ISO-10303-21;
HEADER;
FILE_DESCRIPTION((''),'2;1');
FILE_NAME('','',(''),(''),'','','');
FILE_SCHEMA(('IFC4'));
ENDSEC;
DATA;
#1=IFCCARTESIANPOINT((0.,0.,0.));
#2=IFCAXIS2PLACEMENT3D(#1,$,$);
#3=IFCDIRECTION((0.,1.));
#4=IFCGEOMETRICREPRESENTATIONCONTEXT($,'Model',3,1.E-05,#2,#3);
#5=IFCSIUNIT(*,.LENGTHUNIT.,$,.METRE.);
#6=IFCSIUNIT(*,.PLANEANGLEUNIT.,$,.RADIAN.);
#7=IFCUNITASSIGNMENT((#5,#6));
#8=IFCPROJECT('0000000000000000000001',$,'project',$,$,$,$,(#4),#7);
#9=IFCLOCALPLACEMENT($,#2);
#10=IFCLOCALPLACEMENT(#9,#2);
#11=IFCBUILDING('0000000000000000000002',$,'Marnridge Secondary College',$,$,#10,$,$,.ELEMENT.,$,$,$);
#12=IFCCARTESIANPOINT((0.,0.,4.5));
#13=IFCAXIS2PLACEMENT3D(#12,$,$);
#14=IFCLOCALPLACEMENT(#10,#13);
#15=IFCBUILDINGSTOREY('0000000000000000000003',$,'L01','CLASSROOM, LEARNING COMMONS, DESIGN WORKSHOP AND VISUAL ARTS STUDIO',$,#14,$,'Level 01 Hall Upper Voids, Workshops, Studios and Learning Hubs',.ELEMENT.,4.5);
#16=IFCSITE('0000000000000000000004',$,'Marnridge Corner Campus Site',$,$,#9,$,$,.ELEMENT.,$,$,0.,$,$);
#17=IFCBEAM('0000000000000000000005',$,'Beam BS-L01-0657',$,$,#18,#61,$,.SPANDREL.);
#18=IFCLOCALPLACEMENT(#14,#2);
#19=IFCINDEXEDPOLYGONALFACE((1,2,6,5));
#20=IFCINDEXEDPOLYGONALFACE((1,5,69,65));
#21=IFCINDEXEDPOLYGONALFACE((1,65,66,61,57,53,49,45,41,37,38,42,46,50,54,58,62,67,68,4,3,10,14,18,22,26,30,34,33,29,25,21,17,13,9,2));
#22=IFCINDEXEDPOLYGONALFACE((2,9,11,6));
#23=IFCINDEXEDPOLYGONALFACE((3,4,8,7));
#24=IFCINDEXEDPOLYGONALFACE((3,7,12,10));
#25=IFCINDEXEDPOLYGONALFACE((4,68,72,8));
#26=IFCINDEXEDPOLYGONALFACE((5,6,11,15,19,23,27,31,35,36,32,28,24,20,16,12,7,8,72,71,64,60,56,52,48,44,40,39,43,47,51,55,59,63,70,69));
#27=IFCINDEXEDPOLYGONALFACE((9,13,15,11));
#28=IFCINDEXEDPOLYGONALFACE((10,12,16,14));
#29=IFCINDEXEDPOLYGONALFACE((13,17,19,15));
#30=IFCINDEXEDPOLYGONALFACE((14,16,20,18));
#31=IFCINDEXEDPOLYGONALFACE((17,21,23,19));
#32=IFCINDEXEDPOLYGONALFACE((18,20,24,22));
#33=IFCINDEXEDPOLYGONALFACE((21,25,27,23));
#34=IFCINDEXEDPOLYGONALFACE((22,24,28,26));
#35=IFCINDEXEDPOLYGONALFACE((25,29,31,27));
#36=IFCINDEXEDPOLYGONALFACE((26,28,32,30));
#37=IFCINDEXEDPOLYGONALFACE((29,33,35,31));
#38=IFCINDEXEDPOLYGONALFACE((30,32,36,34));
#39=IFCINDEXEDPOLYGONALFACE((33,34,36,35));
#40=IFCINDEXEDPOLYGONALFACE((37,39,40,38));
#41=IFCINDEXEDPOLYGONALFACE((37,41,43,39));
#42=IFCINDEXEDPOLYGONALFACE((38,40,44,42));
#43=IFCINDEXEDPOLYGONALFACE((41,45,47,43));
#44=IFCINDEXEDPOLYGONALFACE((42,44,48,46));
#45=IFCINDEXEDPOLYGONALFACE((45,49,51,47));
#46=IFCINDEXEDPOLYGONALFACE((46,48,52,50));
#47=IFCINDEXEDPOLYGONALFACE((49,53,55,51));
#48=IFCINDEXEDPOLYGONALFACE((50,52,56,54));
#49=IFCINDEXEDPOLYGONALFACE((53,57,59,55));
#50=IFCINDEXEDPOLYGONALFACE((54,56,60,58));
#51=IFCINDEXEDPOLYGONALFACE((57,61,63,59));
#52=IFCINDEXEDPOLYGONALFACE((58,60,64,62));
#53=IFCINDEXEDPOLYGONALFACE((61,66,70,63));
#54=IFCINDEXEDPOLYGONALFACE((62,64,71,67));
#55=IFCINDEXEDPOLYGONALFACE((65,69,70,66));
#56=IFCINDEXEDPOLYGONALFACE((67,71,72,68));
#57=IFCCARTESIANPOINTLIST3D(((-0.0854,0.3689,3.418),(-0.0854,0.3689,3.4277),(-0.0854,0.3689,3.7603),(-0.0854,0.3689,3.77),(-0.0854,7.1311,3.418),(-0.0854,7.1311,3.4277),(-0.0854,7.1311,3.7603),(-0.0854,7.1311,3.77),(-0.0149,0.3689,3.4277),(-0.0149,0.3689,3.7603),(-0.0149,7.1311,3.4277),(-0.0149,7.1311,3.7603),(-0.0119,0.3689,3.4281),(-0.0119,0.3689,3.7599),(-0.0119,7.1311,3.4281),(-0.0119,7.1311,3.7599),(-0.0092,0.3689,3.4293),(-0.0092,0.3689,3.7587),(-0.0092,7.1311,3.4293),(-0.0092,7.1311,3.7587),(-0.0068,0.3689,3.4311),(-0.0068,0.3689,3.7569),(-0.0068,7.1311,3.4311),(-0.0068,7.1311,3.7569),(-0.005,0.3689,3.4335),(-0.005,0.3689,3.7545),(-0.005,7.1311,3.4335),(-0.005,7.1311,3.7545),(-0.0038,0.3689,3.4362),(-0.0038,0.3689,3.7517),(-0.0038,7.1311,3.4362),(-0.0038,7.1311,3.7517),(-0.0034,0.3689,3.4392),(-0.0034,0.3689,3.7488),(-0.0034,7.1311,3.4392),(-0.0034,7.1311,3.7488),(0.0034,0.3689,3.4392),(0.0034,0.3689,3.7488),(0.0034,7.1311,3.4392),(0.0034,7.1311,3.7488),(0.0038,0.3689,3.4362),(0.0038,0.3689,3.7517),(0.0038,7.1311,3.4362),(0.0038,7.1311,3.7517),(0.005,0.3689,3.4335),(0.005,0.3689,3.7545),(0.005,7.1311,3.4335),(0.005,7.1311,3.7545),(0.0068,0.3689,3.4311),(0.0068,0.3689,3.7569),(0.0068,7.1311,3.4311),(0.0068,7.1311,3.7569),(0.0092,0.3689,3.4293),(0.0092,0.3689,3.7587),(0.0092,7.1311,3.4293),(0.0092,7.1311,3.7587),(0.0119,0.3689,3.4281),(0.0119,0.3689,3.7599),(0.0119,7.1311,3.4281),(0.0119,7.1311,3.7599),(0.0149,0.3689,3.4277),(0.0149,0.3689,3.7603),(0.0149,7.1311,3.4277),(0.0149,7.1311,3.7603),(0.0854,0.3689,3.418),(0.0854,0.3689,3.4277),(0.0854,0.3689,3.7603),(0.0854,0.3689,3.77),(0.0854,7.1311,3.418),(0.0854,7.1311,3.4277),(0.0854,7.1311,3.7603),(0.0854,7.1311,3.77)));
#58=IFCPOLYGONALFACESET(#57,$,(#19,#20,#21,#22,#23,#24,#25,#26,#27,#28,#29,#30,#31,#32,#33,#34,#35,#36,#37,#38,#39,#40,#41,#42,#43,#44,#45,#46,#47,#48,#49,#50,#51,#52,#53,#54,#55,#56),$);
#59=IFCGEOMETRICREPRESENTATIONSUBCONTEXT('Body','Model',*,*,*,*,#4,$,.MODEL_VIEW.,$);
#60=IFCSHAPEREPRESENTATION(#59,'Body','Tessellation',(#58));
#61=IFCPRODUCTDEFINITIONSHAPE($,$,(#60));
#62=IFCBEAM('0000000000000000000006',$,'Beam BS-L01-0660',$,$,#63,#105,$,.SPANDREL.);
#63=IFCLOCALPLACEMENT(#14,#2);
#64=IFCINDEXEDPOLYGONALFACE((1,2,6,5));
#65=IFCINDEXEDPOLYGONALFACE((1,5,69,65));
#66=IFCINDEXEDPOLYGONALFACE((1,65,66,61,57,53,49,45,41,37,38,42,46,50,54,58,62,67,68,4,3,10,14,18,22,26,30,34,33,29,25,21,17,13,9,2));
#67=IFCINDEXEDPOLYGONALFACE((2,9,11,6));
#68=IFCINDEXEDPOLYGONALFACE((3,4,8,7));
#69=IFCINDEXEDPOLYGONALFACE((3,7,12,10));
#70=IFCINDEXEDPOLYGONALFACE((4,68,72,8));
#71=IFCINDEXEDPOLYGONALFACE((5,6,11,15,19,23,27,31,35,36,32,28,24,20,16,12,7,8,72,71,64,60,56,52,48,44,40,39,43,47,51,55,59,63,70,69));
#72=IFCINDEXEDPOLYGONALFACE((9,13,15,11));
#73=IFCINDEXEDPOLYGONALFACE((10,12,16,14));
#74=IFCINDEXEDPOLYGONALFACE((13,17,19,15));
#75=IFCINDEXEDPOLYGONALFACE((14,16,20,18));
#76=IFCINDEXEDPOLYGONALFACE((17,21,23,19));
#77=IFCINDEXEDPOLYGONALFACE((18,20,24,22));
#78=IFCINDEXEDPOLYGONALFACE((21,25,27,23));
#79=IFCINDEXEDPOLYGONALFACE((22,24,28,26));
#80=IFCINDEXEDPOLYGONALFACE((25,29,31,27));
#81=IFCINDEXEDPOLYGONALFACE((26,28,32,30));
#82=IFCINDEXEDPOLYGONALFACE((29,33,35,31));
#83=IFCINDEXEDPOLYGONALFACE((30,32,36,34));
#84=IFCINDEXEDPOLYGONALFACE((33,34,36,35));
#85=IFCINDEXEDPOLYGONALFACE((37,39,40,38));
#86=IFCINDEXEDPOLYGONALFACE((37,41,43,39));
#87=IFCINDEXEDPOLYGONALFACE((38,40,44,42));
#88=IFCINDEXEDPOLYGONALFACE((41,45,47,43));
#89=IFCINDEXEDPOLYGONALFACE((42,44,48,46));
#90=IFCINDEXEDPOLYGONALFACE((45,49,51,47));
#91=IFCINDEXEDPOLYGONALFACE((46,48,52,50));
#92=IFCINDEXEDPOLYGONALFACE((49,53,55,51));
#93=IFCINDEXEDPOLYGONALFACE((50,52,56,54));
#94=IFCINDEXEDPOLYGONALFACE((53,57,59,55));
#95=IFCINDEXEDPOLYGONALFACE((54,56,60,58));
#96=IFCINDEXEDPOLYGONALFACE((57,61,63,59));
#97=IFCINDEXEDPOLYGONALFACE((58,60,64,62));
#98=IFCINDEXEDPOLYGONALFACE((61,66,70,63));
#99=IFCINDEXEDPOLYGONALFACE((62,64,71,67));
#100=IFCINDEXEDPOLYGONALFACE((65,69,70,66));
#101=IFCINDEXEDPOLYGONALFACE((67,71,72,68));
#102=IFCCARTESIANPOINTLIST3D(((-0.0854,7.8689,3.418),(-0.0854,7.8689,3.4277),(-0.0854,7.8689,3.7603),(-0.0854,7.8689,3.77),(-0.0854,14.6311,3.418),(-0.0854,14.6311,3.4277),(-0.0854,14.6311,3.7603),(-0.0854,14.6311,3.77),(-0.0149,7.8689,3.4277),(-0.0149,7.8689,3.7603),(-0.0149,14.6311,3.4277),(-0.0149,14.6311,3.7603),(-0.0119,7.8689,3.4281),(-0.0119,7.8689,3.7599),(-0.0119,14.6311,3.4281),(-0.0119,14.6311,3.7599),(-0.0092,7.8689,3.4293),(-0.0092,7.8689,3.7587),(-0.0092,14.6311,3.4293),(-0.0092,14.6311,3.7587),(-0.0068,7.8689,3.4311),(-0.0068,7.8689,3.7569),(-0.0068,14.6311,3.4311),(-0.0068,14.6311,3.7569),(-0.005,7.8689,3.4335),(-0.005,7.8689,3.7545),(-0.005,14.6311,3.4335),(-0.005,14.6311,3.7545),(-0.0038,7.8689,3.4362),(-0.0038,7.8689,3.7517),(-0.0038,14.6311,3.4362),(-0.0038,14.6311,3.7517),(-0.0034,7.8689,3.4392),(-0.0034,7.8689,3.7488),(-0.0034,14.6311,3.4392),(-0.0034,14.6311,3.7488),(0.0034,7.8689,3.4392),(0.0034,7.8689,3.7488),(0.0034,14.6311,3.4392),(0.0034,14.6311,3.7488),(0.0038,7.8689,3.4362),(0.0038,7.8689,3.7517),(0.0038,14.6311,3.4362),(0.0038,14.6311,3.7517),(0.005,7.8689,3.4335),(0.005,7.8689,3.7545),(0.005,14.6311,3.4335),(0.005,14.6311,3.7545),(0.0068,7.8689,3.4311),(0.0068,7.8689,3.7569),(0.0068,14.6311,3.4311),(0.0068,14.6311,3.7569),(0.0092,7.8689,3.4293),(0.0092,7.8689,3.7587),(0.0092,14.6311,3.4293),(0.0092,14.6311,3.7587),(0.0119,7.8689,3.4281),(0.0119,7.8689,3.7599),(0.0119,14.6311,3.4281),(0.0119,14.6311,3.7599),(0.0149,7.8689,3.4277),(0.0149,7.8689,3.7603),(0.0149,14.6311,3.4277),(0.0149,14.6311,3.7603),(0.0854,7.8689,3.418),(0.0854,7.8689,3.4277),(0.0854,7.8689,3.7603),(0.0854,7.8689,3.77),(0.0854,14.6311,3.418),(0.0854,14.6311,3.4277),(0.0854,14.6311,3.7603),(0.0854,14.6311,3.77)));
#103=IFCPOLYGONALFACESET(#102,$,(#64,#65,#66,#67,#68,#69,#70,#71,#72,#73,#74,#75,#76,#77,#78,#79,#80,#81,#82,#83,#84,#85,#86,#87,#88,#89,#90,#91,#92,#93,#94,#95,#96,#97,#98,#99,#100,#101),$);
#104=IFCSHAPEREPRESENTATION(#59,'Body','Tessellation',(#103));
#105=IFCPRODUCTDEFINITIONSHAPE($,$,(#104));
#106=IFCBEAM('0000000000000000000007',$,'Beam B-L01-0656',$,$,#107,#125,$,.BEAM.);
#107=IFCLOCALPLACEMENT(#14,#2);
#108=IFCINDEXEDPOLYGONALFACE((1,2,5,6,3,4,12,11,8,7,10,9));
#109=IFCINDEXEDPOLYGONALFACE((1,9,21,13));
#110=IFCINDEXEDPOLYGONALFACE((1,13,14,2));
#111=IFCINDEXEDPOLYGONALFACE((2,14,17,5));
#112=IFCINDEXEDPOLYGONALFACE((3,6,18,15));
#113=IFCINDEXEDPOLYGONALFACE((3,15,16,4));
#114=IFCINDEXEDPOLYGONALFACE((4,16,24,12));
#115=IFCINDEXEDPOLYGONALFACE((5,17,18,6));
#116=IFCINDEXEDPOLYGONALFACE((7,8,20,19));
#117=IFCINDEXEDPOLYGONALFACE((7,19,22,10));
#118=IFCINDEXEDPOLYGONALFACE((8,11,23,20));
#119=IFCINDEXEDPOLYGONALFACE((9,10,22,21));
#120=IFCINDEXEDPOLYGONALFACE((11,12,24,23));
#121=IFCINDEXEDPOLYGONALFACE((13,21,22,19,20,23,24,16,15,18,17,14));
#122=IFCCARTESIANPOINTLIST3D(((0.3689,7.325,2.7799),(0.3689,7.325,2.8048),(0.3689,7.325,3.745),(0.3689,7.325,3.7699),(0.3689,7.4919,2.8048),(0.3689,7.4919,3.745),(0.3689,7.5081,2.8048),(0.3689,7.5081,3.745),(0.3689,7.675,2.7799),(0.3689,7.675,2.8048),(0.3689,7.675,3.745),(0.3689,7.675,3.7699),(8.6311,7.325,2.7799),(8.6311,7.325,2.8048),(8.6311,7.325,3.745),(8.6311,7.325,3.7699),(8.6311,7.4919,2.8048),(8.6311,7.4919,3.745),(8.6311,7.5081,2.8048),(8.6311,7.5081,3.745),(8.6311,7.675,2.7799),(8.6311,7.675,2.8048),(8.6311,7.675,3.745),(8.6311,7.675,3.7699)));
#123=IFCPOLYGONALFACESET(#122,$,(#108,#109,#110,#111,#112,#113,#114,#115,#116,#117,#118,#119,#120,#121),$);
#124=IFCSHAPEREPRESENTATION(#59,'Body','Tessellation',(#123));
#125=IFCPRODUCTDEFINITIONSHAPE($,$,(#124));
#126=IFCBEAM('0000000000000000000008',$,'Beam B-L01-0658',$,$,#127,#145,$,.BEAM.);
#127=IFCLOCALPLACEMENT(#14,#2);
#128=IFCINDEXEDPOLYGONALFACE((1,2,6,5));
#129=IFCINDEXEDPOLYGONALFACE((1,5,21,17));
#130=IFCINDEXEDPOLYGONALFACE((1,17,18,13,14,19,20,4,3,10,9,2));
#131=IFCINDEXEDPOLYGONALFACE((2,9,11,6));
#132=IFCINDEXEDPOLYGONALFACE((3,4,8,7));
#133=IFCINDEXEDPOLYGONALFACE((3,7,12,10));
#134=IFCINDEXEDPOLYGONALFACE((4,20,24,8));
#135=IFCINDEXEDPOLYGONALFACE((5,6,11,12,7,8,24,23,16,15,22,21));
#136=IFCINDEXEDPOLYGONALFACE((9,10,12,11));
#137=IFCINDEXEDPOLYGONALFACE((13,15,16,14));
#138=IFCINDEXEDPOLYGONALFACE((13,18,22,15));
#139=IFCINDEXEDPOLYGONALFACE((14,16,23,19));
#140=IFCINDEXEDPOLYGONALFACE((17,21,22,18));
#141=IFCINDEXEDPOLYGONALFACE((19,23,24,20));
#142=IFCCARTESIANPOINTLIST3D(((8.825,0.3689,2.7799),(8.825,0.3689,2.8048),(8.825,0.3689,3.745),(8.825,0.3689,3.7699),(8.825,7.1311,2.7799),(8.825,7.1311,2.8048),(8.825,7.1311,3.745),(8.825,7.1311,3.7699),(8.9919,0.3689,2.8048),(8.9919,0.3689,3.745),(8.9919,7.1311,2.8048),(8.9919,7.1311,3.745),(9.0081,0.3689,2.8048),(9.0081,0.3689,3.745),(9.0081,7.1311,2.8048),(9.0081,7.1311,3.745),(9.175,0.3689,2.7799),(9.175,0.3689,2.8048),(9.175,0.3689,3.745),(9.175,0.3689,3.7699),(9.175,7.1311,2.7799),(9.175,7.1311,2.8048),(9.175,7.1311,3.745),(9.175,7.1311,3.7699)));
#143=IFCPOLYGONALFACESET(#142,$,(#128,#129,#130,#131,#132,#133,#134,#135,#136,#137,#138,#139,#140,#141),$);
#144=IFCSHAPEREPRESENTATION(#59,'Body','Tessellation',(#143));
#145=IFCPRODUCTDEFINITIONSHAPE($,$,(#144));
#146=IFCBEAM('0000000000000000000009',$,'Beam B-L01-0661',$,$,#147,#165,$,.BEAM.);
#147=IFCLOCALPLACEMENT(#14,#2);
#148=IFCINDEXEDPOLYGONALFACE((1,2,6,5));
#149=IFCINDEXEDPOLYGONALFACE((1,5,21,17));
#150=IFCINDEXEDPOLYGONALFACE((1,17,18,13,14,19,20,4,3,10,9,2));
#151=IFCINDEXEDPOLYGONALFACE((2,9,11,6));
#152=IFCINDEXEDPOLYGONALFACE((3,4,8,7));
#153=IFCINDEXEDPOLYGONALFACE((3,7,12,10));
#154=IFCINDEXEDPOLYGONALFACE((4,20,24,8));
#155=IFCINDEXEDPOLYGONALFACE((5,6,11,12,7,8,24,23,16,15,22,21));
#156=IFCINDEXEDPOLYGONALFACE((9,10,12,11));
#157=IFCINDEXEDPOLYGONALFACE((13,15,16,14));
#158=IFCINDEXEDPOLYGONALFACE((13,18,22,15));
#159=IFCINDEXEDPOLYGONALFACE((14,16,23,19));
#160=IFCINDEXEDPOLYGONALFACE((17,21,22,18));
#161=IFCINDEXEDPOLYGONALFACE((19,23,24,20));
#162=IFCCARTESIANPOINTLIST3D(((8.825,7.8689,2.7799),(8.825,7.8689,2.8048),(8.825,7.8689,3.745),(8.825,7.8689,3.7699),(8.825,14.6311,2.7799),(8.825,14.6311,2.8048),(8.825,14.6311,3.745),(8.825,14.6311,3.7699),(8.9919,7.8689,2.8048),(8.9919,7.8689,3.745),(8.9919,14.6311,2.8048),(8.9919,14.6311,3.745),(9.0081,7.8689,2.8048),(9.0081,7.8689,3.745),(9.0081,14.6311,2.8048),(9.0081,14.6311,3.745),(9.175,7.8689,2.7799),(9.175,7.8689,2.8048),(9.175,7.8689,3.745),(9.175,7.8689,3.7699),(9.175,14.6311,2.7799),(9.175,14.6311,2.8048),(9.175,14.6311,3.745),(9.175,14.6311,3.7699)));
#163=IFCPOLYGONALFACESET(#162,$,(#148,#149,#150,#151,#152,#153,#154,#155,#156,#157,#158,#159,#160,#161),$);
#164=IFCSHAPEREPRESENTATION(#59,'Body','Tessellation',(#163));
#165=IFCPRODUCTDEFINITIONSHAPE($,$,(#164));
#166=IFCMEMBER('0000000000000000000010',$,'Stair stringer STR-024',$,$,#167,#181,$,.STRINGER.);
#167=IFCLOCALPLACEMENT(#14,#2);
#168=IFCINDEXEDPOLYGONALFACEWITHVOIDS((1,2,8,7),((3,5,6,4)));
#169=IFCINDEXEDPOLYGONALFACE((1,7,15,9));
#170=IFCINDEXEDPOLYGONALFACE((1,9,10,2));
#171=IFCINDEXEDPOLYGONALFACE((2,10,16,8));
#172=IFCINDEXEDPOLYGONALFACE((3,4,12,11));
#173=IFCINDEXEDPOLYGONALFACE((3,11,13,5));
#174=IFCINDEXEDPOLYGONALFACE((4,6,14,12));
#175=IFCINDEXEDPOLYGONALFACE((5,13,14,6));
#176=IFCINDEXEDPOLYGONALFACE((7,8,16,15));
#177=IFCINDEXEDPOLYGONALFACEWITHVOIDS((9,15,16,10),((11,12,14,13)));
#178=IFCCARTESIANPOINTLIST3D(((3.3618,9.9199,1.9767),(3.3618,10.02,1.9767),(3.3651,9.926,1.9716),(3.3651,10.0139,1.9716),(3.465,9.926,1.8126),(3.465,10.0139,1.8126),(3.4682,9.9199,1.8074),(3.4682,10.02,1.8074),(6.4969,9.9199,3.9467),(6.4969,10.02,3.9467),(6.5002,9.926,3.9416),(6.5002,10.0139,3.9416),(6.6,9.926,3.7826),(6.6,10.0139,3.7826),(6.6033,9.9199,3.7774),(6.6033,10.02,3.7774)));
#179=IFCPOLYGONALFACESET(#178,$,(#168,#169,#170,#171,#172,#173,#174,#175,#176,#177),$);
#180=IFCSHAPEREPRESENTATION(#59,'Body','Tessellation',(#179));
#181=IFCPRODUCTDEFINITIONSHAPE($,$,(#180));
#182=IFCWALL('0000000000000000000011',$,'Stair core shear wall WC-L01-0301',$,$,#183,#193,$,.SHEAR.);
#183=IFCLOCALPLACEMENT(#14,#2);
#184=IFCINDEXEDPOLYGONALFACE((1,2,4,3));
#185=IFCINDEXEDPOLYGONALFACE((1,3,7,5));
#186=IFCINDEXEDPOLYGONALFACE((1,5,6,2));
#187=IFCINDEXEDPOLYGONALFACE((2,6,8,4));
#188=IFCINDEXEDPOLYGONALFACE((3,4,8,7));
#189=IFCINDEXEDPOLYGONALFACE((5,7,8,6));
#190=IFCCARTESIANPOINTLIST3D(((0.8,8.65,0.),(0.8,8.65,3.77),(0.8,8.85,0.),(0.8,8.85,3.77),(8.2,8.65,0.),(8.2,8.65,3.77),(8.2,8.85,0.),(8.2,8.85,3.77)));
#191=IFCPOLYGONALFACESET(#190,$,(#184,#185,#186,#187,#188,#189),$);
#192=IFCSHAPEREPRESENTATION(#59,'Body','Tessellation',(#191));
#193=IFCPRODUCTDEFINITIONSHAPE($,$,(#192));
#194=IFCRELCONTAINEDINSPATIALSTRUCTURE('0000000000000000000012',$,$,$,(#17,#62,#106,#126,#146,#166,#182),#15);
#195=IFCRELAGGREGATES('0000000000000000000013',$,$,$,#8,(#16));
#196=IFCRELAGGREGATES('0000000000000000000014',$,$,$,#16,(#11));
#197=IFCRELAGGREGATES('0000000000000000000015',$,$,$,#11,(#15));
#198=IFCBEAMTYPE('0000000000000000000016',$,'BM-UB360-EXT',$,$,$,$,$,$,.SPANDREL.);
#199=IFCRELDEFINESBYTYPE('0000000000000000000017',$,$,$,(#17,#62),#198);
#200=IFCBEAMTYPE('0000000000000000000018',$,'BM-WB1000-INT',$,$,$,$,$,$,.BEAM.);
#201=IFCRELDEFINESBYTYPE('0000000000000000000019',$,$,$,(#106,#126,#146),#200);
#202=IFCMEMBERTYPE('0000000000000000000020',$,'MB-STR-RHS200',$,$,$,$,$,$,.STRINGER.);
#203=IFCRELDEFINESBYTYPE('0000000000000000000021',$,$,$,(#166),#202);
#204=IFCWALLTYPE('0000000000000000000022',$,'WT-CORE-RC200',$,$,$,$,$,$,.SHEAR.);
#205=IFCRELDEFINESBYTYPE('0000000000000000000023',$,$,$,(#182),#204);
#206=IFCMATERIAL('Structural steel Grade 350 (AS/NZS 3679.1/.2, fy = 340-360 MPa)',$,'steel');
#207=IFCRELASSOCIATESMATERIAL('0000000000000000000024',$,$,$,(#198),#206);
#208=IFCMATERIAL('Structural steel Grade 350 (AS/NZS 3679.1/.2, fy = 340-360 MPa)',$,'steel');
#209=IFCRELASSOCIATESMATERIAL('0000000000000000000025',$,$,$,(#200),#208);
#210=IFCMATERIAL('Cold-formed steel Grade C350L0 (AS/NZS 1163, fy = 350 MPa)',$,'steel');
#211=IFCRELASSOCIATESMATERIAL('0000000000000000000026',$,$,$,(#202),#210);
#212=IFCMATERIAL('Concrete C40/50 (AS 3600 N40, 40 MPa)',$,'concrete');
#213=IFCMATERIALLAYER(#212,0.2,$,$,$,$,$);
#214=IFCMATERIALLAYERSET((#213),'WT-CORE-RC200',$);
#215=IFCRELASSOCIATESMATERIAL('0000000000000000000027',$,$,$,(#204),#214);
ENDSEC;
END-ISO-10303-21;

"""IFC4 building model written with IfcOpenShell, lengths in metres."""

from ifc_helpers import new_model, si_unit, direction, frame, frame_2d, origin, origin_2d, place, context, subcontext, project, spatial, rectangle, hollow_rectangle, i_section, extrude, material, layer, layer_set, material_profile, profile_set, type_object, element, save


model = new_model("IFC4")

# Units and contexts
model_context = context("Model", 3, precision=1e-05, world=origin(), true_north=direction((0.0, 1.0)))
body_context = subcontext(model_context, "Body", "Model", "MODEL_VIEW")
ifc_project = project(units=[si_unit("LENGTHUNIT", "METRE"), si_unit("PLANEANGLEUNIT", "RADIAN")], contexts=[model_context])

# Site, building, storey
site_placement = place(None, origin())
site = spatial("IfcSite", under=ifc_project, at=site_placement, Name="Marnridge Corner Campus Site", CompositionType="ELEMENT", RefElevation=0.0)
building_placement = place(site_placement, origin())
building = spatial("IfcBuilding", under=site, at=building_placement, Name="Marnridge Secondary College", CompositionType="ELEMENT")
storey_placement = place(building_placement, frame((0.0, 0.0, 4.5)))
storey = spatial("IfcBuildingStorey", under=building, at=storey_placement, Name="L01", Description="CLASSROOM, LEARNING COMMONS, DESIGN WORKSHOP AND VISUAL ARTS STUDIO", LongName="Level 01 Hall Upper Voids, Workshops, Studios and Learning Hubs", CompositionType="ELEMENT", Elevation=4.5)

# Beams
ifc_material_1 = material(Name="Structural steel Grade 350 (AS/NZS 3679.1/.2, fy = 340-360 MPa)", Category="steel")
ifc_material_profile_1 = material_profile(ifc_material_1, i_section(OverallWidth=0.1709, OverallDepth=0.3521, WebThickness=0.0068, FlangeThickness=0.0098, FilletRadius=0.0115, at=origin_2d()), Name="360UB44.7")
ifc_profile_set_1 = profile_set([ifc_material_profile_1], Name="Structural steel Grade 350 (AS/NZS 3679.1/.2, fy = 340-360 MPa)")
beam_type_1 = type_object("IfcBeamType", Name="BM-UB360-EXT", PredefinedType="SPANDREL", material=ifc_profile_set_1)
for number, where, z_axis, x_axis, name in (
    (1, (0.0, 0.3689, 3.594), (0.0, 1.0, 0.0), (-1.0, 0.0, 0.0), "Beam BS-L01-0657"),
    (2, (0.0, 7.8689, 3.594), (0.0, 1.0, 0.0), (-1.0, 0.0, 0.0), "Beam BS-L01-0660"),
):
    element("IfcBeam", number, at=place(storey_placement, frame(where, z_axis=z_axis, x_axis=x_axis)), inside=storey, type_object=beam_type_1, Name=name, PredefinedType="SPANDREL", context=body_context, shape_type="SweptSolid", body=[
        extrude(i_section(OverallWidth=0.1709, OverallDepth=0.3521, WebThickness=0.0068, FlangeThickness=0.0098, FilletRadius=0.0115, at=origin_2d()), origin(), (0.0, 0.0, 1.0), 6.7622),
    ])
ifc_material_2 = material(Name="Structural steel Grade 350 (AS/NZS 3679.1/.2, fy = 340-360 MPa)", Category="steel")
ifc_material_profile_2 = material_profile(ifc_material_2, i_section(OverallWidth=0.3501, OverallDepth=0.99, WebThickness=0.0161, FlangeThickness=0.0249, at=origin_2d()), Name="1000WB258")
ifc_profile_set_2 = profile_set([ifc_material_profile_2], Name="Structural steel Grade 350 (AS/NZS 3679.1/.2, fy = 340-360 MPa)")
beam_type_2 = type_object("IfcBeamType", Name="BM-WB1000-INT", PredefinedType="BEAM", material=ifc_profile_set_2)
beam_placement = place(storey_placement, frame((0.3689, 7.5, 3.2749), z_axis=(1.0, 0.0, 0.0), x_axis=(0.0, 1.0, 0.0)))
element("IfcBeam", 3, at=beam_placement, inside=storey, type_object=beam_type_2, Name="Beam B-L01-0656", PredefinedType="BEAM", context=body_context, shape_type="SweptSolid", body=[
    extrude(i_section(OverallWidth=0.3501, OverallDepth=0.99, WebThickness=0.0161, FlangeThickness=0.0249, at=origin_2d()), origin(), (0.0, 0.0, 1.0), 8.2622),
])
for number, where, z_axis, x_axis, name in (
    (4, (9.0, 0.3689, 3.2749), (0.0, 1.0, 0.0), (-1.0, 0.0, 0.0), "Beam B-L01-0658"),
    (5, (9.0, 7.8689, 3.2749), (0.0, 1.0, 0.0), (-1.0, 0.0, 0.0), "Beam B-L01-0661"),
):
    element("IfcBeam", number, at=place(storey_placement, frame(where, z_axis=z_axis, x_axis=x_axis)), inside=storey, type_object=beam_type_2, Name=name, PredefinedType="BEAM", context=body_context, shape_type="SweptSolid", body=[
        extrude(i_section(OverallWidth=0.3501, OverallDepth=0.99, WebThickness=0.0161, FlangeThickness=0.0249, at=origin_2d()), origin(), (0.0, 0.0, 1.0), 6.7622),
    ])

# Member
ifc_material_3 = material(Name="Cold-formed steel Grade C350L0 (AS/NZS 1163, fy = 350 MPa)", Category="steel")
ifc_material_profile_3 = material_profile(ifc_material_3, hollow_rectangle(XDim=0.1001, YDim=0.2, WallThickness=0.0061, at=origin_2d()), Name="200x100x6.0RHS")
ifc_profile_set_3 = profile_set([ifc_material_profile_3], Name="Cold-formed steel Grade C350L0 (AS/NZS 1163, fy = 350 MPa)")
member_type = type_object("IfcMemberType", Name="MB-STR-RHS200", PredefinedType="STRINGER", material=ifc_profile_set_3)
member_placement = place(storey_placement, frame((3.415, 9.97, 1.8921), z_axis=(0.84671, 0.0, 0.532054), x_axis=(0.0, 1.0, 0.0)))
element("IfcMember", 6, at=member_placement, inside=storey, type_object=member_type, Name="Stair stringer STR-024", PredefinedType="STRINGER", context=body_context, shape_type="SweptSolid", body=[
    extrude(hollow_rectangle(XDim=0.1001, YDim=0.2, WallThickness=0.0061, at=origin_2d()), origin(), (0.0, 0.0, 1.0), 3.7026),
])

# Wall
ifc_material_4 = material(Name="Concrete C40/50 (AS 3600 N40, 40 MPa)", Category="concrete")
ifc_layer_1 = layer(ifc_material_4, 0.2)
ifc_layer_set_1 = layer_set([ifc_layer_1], Name="WT-CORE-RC200")
wall_type_1 = type_object("IfcWallType", Name="WT-CORE-RC200", PredefinedType="SHEAR", material=ifc_layer_set_1)
wall_1_placement = place(storey_placement, frame((0.8, 8.75, 0.0), z_axis=(0.0, 0.0, 1.0), x_axis=(1.0, 0.0, 0.0)))
element("IfcWall", 7, at=wall_1_placement, inside=storey, type_object=wall_type_1, Name="Stair core shear wall WC-L01-0301", PredefinedType="SHEAR", context=body_context, shape_type="SweptSolid", body=[
    extrude(rectangle(XDim=7.3999, YDim=0.2, at=frame_2d((3.7, 0.0))), origin(), (0.0, 0.0, 1.0), 3.77),
])

save(model, "model.ifc")
